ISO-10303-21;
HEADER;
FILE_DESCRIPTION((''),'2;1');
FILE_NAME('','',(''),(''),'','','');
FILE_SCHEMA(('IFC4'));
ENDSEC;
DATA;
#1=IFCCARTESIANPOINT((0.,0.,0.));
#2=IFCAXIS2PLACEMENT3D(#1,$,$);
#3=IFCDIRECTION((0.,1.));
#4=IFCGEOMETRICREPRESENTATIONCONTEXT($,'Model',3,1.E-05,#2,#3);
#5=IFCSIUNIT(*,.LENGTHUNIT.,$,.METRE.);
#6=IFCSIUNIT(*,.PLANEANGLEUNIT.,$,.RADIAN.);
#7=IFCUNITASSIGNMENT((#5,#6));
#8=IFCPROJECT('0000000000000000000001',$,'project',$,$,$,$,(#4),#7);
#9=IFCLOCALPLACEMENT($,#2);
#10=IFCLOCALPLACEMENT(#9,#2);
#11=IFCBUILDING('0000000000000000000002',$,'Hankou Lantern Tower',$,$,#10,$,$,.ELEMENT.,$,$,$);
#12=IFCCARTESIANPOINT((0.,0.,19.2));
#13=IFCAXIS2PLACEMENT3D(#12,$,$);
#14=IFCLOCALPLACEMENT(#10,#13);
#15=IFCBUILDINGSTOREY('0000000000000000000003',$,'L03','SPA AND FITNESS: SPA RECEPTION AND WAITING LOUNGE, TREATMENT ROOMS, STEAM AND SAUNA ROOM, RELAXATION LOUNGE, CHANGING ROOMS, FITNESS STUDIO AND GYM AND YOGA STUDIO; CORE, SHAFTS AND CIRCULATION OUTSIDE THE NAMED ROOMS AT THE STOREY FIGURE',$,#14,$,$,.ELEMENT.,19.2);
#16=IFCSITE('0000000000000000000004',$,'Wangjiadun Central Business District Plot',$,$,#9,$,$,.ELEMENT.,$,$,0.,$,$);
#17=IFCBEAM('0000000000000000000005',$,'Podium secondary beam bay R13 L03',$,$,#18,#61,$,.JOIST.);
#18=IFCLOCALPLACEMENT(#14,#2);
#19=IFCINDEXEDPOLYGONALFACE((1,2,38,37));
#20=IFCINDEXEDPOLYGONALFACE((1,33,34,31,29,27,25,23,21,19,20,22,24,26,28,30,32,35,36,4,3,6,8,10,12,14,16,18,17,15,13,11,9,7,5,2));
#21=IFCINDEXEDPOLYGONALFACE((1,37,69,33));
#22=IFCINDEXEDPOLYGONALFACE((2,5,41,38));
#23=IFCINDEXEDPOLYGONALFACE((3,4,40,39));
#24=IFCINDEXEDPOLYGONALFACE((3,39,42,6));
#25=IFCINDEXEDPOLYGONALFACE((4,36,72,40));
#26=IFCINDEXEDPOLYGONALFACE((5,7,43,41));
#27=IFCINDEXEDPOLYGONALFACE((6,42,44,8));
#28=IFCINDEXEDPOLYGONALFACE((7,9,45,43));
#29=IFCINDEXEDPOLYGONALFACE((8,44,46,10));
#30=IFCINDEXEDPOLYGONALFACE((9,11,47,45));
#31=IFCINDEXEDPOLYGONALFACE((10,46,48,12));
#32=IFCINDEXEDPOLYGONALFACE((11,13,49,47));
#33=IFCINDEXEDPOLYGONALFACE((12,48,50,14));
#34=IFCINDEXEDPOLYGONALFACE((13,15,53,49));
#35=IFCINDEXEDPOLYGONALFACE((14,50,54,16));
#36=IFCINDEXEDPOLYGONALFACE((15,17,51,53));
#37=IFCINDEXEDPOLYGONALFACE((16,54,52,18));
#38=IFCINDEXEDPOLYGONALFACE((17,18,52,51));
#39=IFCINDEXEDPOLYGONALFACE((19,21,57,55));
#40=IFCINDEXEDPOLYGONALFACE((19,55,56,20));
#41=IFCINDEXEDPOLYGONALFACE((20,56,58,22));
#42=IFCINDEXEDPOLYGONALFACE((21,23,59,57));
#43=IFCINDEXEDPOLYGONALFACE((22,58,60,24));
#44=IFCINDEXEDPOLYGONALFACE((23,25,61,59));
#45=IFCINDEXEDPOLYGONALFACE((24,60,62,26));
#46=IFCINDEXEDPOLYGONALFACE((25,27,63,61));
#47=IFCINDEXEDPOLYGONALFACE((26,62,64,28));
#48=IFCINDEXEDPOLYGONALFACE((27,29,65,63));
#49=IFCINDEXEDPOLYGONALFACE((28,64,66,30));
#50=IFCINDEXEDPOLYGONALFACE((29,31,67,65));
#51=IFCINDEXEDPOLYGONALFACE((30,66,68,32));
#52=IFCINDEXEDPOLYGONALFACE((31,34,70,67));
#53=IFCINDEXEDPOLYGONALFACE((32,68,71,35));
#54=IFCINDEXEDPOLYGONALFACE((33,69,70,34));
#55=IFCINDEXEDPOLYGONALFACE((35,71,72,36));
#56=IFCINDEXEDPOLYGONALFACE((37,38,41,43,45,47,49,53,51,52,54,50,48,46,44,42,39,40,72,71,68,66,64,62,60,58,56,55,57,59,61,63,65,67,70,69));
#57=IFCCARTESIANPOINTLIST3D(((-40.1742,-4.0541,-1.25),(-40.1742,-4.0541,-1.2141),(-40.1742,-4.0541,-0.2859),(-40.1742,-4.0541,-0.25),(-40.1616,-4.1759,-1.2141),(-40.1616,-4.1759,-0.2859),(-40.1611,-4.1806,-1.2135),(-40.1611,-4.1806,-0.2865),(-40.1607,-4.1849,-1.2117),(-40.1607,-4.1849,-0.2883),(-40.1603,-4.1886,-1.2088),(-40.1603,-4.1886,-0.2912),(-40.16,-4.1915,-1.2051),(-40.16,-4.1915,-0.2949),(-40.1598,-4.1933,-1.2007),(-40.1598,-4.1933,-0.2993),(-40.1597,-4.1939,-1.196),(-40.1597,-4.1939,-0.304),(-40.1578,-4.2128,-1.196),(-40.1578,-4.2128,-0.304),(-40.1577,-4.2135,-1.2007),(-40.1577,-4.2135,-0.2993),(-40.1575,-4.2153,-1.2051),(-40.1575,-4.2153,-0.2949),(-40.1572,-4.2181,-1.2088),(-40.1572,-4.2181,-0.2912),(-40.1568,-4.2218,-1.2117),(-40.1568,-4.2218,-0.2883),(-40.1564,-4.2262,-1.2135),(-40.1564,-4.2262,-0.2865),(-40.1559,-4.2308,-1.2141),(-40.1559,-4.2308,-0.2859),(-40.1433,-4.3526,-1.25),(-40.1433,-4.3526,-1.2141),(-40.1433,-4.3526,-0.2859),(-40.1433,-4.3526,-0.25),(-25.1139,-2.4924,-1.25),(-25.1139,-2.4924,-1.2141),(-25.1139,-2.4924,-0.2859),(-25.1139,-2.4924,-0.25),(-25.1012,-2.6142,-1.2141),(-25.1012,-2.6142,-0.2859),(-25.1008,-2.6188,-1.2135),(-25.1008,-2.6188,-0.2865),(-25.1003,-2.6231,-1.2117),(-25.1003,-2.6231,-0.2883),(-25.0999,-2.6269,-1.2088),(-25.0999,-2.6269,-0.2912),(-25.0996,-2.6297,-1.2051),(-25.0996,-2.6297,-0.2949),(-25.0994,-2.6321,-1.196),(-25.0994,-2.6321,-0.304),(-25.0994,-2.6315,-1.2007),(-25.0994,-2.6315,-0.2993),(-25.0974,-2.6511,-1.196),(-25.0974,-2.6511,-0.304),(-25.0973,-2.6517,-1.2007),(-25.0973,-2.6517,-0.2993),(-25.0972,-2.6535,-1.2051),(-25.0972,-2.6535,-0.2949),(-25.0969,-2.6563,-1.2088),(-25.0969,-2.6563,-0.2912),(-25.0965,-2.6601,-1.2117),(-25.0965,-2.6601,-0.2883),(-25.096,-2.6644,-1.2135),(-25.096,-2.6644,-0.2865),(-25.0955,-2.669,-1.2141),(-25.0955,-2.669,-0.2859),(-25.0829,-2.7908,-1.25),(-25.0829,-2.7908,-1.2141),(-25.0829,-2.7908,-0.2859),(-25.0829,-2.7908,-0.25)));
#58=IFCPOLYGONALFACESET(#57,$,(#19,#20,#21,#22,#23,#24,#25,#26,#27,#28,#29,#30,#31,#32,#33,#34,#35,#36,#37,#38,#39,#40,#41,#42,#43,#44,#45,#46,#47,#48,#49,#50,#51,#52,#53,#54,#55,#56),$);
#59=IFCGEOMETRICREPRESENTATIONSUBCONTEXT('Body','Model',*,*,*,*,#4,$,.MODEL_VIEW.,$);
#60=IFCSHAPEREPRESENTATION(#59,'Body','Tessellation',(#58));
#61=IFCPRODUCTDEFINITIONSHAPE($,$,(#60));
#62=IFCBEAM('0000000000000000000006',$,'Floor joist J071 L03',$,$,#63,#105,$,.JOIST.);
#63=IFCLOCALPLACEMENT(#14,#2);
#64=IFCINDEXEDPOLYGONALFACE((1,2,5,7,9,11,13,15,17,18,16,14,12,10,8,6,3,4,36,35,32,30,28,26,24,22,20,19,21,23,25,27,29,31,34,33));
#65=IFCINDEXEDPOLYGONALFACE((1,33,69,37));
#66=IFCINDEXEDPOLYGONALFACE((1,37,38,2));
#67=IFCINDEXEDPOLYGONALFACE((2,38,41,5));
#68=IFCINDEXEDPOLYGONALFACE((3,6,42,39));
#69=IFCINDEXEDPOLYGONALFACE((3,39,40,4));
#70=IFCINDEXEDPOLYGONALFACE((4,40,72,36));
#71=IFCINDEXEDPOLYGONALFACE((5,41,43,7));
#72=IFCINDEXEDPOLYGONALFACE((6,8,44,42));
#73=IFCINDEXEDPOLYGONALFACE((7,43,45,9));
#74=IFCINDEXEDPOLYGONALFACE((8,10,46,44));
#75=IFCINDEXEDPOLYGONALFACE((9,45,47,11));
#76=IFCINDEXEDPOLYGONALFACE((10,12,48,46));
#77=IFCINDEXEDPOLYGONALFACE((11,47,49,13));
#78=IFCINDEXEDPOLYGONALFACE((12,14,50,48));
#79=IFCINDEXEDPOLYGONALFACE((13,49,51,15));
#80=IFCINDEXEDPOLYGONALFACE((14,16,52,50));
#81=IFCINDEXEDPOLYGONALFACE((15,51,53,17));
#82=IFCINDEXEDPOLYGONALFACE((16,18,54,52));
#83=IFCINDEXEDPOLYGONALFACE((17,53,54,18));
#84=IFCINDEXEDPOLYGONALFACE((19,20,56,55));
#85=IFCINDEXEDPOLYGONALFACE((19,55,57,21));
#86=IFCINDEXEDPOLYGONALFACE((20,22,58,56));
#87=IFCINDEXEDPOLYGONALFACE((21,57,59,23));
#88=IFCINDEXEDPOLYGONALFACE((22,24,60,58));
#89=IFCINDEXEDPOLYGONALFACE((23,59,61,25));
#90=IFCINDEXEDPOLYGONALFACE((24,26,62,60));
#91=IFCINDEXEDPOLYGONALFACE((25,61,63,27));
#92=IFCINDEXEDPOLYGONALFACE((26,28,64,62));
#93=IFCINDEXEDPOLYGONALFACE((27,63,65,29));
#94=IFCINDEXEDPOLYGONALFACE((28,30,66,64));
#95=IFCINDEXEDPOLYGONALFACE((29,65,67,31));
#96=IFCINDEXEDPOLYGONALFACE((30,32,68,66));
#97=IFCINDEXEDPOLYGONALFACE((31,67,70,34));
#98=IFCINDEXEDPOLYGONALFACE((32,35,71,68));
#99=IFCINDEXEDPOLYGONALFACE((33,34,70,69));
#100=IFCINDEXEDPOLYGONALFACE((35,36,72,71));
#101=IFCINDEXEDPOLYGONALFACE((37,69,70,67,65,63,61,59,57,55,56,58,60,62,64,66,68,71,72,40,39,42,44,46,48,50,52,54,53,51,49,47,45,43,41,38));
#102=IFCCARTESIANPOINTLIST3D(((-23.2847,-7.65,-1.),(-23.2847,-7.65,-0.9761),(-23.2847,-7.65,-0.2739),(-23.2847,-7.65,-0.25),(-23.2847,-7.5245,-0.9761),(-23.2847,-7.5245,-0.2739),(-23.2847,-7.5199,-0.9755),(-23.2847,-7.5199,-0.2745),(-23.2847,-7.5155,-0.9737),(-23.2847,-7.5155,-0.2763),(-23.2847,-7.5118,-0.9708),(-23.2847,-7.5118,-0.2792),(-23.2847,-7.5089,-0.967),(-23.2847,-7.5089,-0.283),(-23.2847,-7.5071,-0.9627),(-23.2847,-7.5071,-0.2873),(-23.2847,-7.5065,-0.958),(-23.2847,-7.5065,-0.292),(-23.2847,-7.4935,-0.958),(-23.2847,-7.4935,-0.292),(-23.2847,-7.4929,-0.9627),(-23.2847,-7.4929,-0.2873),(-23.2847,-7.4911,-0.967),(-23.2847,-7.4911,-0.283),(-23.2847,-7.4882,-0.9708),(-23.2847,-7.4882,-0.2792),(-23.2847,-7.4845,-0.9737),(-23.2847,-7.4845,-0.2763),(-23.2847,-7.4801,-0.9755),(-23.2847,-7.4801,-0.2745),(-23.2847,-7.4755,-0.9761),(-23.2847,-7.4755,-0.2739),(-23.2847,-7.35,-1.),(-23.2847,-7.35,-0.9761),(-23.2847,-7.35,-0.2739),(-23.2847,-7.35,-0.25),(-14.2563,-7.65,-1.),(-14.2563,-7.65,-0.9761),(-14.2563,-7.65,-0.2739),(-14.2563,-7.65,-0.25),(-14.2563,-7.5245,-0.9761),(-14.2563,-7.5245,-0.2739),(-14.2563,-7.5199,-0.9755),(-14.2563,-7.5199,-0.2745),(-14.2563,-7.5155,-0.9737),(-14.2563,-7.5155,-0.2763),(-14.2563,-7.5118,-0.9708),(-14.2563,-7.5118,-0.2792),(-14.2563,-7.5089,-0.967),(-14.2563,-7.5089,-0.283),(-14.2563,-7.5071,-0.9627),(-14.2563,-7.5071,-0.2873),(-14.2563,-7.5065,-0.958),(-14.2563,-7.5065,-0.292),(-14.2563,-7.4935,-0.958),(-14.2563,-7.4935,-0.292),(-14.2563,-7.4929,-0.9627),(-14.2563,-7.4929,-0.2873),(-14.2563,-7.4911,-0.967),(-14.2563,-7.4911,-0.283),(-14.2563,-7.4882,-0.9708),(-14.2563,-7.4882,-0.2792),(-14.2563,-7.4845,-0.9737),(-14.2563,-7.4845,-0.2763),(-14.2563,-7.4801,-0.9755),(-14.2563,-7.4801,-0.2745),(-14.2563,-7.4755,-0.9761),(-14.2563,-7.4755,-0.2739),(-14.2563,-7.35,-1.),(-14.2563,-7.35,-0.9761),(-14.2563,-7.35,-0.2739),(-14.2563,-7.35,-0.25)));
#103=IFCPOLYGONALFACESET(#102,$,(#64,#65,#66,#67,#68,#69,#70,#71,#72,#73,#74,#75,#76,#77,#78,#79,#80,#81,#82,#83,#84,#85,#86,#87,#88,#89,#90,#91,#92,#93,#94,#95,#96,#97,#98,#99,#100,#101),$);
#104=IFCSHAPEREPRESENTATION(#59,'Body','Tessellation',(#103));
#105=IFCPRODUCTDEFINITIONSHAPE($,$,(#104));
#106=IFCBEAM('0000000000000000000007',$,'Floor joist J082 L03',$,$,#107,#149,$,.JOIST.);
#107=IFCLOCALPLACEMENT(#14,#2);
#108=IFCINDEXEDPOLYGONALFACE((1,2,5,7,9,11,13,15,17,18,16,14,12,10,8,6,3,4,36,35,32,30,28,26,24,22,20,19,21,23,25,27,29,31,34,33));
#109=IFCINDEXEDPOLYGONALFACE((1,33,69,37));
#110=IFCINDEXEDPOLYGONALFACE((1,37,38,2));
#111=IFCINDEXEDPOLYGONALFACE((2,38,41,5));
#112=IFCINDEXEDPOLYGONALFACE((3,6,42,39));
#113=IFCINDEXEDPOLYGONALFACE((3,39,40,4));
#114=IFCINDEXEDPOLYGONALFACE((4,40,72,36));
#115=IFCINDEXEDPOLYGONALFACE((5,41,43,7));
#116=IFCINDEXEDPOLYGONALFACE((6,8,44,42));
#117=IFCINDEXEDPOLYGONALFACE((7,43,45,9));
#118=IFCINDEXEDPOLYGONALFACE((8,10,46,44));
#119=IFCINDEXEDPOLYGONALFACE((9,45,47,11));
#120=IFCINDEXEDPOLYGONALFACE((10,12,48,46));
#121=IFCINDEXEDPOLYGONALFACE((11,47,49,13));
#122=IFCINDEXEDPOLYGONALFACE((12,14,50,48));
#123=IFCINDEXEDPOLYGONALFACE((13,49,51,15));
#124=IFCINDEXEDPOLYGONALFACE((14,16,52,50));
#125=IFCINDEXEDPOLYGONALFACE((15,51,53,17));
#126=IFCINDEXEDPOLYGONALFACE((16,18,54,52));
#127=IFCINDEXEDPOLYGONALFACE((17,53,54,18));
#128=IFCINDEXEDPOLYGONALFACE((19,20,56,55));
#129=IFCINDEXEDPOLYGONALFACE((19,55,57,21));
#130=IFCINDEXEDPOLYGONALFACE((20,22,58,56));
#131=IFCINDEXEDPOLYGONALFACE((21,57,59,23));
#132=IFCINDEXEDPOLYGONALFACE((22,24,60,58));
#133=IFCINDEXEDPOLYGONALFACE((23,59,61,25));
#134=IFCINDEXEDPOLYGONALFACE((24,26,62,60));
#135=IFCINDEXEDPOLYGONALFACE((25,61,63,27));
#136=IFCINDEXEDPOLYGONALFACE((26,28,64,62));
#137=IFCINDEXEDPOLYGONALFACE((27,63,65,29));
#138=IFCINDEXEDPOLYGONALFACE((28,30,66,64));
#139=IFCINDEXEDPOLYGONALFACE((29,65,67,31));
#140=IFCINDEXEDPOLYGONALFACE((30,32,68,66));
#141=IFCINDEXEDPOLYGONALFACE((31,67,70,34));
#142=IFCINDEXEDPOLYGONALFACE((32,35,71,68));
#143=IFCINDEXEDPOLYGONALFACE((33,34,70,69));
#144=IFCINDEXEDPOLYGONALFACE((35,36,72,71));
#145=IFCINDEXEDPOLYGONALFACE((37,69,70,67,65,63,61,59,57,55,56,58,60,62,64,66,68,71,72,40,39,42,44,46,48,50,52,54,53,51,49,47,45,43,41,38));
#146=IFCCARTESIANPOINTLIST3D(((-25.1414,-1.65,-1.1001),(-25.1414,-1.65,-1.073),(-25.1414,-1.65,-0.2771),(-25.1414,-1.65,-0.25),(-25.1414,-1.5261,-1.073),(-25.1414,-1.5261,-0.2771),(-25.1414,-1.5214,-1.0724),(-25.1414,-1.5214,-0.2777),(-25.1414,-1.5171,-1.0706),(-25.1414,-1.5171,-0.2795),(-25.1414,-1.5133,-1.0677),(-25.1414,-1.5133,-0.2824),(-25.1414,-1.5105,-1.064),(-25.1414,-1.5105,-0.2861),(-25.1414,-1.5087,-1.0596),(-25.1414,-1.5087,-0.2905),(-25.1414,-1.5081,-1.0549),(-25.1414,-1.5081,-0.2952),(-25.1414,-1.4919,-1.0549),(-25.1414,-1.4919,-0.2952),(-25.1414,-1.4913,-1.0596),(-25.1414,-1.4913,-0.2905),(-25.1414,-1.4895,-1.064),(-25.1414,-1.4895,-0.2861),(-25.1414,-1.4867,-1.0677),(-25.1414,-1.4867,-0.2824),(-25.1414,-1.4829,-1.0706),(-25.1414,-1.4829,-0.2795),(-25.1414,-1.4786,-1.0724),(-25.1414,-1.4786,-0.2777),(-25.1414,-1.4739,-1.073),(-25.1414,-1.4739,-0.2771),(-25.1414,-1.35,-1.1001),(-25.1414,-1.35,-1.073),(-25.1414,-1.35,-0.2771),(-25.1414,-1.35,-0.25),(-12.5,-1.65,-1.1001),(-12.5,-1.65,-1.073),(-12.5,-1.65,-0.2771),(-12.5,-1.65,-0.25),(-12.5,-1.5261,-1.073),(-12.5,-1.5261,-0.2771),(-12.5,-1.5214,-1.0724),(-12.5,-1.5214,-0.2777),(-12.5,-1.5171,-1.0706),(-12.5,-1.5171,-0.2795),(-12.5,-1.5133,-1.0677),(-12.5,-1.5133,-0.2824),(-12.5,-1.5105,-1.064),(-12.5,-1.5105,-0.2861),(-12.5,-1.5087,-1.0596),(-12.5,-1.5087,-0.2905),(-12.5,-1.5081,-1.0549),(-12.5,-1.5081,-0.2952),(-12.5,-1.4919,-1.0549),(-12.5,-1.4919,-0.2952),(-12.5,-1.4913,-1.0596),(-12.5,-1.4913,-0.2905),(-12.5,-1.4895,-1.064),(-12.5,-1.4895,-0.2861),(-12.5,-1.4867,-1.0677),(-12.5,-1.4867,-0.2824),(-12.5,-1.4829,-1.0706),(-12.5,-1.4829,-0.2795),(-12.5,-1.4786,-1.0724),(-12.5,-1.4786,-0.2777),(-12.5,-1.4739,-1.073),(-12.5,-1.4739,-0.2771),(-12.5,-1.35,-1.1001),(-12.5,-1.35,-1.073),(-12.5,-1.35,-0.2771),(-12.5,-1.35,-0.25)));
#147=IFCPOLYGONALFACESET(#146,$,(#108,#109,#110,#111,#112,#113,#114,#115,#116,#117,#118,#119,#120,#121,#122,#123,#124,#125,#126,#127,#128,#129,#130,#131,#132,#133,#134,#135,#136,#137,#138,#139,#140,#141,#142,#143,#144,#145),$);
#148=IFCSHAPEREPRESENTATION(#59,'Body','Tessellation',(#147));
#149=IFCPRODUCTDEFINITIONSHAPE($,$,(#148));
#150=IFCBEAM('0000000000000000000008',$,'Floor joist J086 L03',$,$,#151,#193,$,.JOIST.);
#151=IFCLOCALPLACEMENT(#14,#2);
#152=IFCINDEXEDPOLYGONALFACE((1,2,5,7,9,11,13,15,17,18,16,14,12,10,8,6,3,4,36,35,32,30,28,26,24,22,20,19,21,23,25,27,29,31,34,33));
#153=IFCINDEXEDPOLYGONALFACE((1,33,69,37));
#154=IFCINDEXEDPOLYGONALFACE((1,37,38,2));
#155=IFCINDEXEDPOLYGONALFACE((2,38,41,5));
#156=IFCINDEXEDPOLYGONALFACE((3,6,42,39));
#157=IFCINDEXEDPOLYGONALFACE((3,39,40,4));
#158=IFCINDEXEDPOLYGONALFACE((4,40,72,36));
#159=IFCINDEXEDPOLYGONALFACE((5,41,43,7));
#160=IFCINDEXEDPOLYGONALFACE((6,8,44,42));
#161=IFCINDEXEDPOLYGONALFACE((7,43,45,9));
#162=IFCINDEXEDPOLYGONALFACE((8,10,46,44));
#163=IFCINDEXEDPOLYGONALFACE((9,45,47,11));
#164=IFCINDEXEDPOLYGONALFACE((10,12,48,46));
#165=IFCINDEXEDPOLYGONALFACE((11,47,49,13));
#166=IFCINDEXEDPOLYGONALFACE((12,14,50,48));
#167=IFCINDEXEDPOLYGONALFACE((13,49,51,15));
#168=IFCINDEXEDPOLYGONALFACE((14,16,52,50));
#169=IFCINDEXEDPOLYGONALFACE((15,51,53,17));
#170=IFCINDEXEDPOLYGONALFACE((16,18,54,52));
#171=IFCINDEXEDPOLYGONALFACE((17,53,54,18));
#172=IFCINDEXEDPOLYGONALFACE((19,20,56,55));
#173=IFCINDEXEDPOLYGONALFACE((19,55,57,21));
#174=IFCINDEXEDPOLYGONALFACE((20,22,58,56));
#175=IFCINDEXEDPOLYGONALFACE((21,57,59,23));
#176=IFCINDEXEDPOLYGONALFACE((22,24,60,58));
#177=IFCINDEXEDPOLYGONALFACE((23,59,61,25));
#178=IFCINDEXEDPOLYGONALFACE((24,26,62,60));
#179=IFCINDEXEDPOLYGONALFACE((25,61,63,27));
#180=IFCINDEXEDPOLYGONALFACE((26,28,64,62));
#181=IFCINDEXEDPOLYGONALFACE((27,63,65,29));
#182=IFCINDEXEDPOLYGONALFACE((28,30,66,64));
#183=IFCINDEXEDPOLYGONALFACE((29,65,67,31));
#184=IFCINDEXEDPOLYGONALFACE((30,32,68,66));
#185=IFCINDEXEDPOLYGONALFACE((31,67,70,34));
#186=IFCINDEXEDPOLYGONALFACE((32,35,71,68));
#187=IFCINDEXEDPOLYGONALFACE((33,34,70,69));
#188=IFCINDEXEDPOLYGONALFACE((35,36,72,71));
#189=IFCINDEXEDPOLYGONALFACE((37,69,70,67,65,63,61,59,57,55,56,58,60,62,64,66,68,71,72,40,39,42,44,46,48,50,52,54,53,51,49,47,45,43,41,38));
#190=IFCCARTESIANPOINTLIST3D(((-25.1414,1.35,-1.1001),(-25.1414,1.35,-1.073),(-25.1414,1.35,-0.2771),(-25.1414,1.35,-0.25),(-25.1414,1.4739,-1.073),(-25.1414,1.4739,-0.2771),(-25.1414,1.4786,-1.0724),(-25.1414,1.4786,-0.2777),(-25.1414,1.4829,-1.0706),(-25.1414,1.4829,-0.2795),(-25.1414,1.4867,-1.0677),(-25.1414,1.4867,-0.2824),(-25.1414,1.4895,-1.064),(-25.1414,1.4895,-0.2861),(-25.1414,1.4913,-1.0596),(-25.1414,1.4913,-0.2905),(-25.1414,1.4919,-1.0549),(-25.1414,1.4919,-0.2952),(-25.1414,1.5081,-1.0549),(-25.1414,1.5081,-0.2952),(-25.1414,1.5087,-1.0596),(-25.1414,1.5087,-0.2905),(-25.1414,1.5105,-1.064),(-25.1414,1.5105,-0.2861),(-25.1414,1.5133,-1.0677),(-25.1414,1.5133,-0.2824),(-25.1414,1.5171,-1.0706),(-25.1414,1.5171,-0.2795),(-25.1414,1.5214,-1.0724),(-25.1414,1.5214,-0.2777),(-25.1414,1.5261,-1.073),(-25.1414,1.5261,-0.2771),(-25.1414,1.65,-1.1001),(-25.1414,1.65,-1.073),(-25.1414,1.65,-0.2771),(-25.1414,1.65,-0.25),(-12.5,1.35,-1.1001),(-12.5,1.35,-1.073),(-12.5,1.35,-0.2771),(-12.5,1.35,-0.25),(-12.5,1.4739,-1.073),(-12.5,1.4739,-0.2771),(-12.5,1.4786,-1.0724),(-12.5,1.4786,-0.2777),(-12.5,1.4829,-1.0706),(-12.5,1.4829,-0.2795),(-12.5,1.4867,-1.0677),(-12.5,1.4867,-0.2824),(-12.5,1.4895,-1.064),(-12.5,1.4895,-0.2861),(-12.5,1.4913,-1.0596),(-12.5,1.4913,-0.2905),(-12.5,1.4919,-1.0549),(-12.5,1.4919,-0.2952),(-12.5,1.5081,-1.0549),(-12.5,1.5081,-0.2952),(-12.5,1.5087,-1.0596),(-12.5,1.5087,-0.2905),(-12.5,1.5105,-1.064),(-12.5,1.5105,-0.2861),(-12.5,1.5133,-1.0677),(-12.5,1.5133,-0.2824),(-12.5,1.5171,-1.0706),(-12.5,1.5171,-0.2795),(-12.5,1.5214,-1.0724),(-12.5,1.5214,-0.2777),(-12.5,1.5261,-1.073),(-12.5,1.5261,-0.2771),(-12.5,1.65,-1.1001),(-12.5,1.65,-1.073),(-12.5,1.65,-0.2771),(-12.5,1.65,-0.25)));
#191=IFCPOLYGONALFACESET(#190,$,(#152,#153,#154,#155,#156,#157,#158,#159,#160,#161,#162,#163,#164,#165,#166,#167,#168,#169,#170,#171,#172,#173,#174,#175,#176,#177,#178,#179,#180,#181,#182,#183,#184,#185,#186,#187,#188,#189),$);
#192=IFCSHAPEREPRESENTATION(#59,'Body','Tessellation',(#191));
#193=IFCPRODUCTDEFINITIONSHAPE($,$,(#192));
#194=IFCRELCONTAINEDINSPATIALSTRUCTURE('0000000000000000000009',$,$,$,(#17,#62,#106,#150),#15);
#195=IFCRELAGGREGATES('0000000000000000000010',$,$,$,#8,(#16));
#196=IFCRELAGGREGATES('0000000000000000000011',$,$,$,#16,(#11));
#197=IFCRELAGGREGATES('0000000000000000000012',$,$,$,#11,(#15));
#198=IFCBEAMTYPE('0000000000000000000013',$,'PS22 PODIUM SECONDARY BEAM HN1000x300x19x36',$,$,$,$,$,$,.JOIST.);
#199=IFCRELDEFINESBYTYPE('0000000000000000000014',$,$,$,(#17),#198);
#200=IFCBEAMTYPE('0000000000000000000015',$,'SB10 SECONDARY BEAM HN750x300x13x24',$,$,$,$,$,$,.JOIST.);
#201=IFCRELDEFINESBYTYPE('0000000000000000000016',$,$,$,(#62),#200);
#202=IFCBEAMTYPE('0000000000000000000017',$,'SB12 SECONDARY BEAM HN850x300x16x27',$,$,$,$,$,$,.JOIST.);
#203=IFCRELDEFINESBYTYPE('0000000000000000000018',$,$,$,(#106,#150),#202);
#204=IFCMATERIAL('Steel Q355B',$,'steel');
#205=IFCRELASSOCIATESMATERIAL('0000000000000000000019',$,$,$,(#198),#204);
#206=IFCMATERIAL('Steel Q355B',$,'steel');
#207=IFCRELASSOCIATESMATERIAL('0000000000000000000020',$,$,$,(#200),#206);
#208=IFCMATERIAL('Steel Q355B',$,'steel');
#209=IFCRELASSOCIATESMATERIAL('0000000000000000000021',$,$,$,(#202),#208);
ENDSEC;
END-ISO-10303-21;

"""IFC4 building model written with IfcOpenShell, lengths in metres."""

from ifc_helpers import new_model, si_unit, direction, frame, origin, origin_2d, place, context, subcontext, project, spatial, i_section, extrude, material, material_profile, profile_set, type_object, element, save


model = new_model("IFC4")

# Units and contexts
model_context = context("Model", 3, precision=1e-05, world=origin(), true_north=direction((0.0, 1.0)))
body_context = subcontext(model_context, "Body", "Model", "MODEL_VIEW")
ifc_project = project(units=[si_unit("LENGTHUNIT", "METRE"), si_unit("PLANEANGLEUNIT", "RADIAN")], contexts=[model_context])

# Site, building, storey
site_placement = place(None, origin())
site = spatial("IfcSite", under=ifc_project, at=site_placement, Name="Wangjiadun Central Business District Plot", CompositionType="ELEMENT", RefElevation=0.0)
building_placement = place(site_placement, origin())
building = spatial("IfcBuilding", under=site, at=building_placement, Name="Hankou Lantern Tower", CompositionType="ELEMENT")
storey_placement = place(building_placement, frame((0.0, 0.0, 19.2)))
storey = spatial("IfcBuildingStorey", under=building, at=storey_placement, Name="L03", Description="SPA AND FITNESS: SPA RECEPTION AND WAITING LOUNGE, TREATMENT ROOMS, STEAM AND SAUNA ROOM, RELAXATION LOUNGE, CHANGING ROOMS, FITNESS STUDIO AND GYM AND YOGA STUDIO; CORE, SHAFTS AND CIRCULATION OUTSIDE THE NAMED ROOMS AT THE STOREY FIGURE", CompositionType="ELEMENT", Elevation=19.2)

# Beams
ifc_material_1 = material(Name="Steel Q355B", Category="steel")
ifc_material_profile_1 = material_profile(ifc_material_1, i_section(OverallWidth=0.3, OverallDepth=1.0, WebThickness=0.019, FlangeThickness=0.0359, FilletRadius=0.0181, at=origin_2d()), Name="HN1000x300x19x36")
ifc_profile_set_1 = profile_set([ifc_material_profile_1], Name="Steel Q355B")
beam_type_1 = type_object("IfcBeamType", Name="PS22 PODIUM SECONDARY BEAM HN1000x300x19x36", PredefinedType="JOIST", material=ifc_profile_set_1)
beam_1_placement = place(storey_placement, frame((-25.0984, -2.6416, -0.75), z_axis=(-0.994666, -0.103148, 0.0), x_axis=(0.103148, -0.994666, 0.0)))
element("IfcBeam", 1, at=beam_1_placement, inside=storey, type_object=beam_type_1, Name="Podium secondary beam bay R13 L03", PredefinedType="JOIST", context=body_context, shape_type="SweptSolid", body=[
    extrude(i_section(OverallWidth=0.3, OverallDepth=1.0, WebThickness=0.019, FlangeThickness=0.0359, FilletRadius=0.0181, at=origin_2d()), origin(), (0.0, 0.0, 1.0), 15.1411),
])
ifc_material_2 = material(Name="Steel Q355B", Category="steel")
ifc_material_profile_2 = material_profile(ifc_material_2, i_section(OverallWidth=0.3, OverallDepth=0.75, WebThickness=0.0129, FlangeThickness=0.0239, FilletRadius=0.0181, at=origin_2d()), Name="HN750x300x13x24")
ifc_profile_set_2 = profile_set([ifc_material_profile_2], Name="Steel Q355B")
beam_type_2 = type_object("IfcBeamType", Name="SB10 SECONDARY BEAM HN750x300x13x24", PredefinedType="JOIST", material=ifc_profile_set_2)
beam_2_placement = place(storey_placement, frame((-23.2847, -7.5, -0.625), z_axis=(1.0, 0.0, 0.0), x_axis=(0.0, 1.0, 0.0)))
element("IfcBeam", 2, at=beam_2_placement, inside=storey, type_object=beam_type_2, Name="Floor joist J071 L03", PredefinedType="JOIST", context=body_context, shape_type="SweptSolid", body=[
    extrude(i_section(OverallWidth=0.3, OverallDepth=0.75, WebThickness=0.0129, FlangeThickness=0.0239, FilletRadius=0.0181, at=origin_2d()), origin(), (0.0, 0.0, 1.0), 9.0283),
])
ifc_material_3 = material(Name="Steel Q355B", Category="steel")
ifc_material_profile_3 = material_profile(ifc_material_3, i_section(OverallWidth=0.3, OverallDepth=0.8501, WebThickness=0.0161, FlangeThickness=0.0271, FilletRadius=0.0181, at=origin_2d()), Name="HN850x300x16x27")
ifc_profile_set_3 = profile_set([ifc_material_profile_3], Name="Steel Q355B")
beam_type_3 = type_object("IfcBeamType", Name="SB12 SECONDARY BEAM HN850x300x16x27", PredefinedType="JOIST", material=ifc_profile_set_3)
for number, where, z_axis, x_axis, name in (
    (3, (-25.1414, -1.5, -0.675), (1.0, 0.0, 0.0), (0.0, 1.0, 0.0), "Floor joist J082 L03"),
    (4, (-25.1414, 1.5, -0.675), (1.0, 0.0, 0.0), (0.0, 1.0, 0.0), "Floor joist J086 L03"),
):
    element("IfcBeam", number, at=place(storey_placement, frame(where, z_axis=z_axis, x_axis=x_axis)), inside=storey, type_object=beam_type_3, Name=name, PredefinedType="JOIST", context=body_context, shape_type="SweptSolid", body=[
        extrude(i_section(OverallWidth=0.3, OverallDepth=0.8501, WebThickness=0.0161, FlangeThickness=0.0271, FilletRadius=0.0181, at=origin_2d()), origin(), (0.0, 0.0, 1.0), 12.6414),
    ])

save(model, "model.ifc")
